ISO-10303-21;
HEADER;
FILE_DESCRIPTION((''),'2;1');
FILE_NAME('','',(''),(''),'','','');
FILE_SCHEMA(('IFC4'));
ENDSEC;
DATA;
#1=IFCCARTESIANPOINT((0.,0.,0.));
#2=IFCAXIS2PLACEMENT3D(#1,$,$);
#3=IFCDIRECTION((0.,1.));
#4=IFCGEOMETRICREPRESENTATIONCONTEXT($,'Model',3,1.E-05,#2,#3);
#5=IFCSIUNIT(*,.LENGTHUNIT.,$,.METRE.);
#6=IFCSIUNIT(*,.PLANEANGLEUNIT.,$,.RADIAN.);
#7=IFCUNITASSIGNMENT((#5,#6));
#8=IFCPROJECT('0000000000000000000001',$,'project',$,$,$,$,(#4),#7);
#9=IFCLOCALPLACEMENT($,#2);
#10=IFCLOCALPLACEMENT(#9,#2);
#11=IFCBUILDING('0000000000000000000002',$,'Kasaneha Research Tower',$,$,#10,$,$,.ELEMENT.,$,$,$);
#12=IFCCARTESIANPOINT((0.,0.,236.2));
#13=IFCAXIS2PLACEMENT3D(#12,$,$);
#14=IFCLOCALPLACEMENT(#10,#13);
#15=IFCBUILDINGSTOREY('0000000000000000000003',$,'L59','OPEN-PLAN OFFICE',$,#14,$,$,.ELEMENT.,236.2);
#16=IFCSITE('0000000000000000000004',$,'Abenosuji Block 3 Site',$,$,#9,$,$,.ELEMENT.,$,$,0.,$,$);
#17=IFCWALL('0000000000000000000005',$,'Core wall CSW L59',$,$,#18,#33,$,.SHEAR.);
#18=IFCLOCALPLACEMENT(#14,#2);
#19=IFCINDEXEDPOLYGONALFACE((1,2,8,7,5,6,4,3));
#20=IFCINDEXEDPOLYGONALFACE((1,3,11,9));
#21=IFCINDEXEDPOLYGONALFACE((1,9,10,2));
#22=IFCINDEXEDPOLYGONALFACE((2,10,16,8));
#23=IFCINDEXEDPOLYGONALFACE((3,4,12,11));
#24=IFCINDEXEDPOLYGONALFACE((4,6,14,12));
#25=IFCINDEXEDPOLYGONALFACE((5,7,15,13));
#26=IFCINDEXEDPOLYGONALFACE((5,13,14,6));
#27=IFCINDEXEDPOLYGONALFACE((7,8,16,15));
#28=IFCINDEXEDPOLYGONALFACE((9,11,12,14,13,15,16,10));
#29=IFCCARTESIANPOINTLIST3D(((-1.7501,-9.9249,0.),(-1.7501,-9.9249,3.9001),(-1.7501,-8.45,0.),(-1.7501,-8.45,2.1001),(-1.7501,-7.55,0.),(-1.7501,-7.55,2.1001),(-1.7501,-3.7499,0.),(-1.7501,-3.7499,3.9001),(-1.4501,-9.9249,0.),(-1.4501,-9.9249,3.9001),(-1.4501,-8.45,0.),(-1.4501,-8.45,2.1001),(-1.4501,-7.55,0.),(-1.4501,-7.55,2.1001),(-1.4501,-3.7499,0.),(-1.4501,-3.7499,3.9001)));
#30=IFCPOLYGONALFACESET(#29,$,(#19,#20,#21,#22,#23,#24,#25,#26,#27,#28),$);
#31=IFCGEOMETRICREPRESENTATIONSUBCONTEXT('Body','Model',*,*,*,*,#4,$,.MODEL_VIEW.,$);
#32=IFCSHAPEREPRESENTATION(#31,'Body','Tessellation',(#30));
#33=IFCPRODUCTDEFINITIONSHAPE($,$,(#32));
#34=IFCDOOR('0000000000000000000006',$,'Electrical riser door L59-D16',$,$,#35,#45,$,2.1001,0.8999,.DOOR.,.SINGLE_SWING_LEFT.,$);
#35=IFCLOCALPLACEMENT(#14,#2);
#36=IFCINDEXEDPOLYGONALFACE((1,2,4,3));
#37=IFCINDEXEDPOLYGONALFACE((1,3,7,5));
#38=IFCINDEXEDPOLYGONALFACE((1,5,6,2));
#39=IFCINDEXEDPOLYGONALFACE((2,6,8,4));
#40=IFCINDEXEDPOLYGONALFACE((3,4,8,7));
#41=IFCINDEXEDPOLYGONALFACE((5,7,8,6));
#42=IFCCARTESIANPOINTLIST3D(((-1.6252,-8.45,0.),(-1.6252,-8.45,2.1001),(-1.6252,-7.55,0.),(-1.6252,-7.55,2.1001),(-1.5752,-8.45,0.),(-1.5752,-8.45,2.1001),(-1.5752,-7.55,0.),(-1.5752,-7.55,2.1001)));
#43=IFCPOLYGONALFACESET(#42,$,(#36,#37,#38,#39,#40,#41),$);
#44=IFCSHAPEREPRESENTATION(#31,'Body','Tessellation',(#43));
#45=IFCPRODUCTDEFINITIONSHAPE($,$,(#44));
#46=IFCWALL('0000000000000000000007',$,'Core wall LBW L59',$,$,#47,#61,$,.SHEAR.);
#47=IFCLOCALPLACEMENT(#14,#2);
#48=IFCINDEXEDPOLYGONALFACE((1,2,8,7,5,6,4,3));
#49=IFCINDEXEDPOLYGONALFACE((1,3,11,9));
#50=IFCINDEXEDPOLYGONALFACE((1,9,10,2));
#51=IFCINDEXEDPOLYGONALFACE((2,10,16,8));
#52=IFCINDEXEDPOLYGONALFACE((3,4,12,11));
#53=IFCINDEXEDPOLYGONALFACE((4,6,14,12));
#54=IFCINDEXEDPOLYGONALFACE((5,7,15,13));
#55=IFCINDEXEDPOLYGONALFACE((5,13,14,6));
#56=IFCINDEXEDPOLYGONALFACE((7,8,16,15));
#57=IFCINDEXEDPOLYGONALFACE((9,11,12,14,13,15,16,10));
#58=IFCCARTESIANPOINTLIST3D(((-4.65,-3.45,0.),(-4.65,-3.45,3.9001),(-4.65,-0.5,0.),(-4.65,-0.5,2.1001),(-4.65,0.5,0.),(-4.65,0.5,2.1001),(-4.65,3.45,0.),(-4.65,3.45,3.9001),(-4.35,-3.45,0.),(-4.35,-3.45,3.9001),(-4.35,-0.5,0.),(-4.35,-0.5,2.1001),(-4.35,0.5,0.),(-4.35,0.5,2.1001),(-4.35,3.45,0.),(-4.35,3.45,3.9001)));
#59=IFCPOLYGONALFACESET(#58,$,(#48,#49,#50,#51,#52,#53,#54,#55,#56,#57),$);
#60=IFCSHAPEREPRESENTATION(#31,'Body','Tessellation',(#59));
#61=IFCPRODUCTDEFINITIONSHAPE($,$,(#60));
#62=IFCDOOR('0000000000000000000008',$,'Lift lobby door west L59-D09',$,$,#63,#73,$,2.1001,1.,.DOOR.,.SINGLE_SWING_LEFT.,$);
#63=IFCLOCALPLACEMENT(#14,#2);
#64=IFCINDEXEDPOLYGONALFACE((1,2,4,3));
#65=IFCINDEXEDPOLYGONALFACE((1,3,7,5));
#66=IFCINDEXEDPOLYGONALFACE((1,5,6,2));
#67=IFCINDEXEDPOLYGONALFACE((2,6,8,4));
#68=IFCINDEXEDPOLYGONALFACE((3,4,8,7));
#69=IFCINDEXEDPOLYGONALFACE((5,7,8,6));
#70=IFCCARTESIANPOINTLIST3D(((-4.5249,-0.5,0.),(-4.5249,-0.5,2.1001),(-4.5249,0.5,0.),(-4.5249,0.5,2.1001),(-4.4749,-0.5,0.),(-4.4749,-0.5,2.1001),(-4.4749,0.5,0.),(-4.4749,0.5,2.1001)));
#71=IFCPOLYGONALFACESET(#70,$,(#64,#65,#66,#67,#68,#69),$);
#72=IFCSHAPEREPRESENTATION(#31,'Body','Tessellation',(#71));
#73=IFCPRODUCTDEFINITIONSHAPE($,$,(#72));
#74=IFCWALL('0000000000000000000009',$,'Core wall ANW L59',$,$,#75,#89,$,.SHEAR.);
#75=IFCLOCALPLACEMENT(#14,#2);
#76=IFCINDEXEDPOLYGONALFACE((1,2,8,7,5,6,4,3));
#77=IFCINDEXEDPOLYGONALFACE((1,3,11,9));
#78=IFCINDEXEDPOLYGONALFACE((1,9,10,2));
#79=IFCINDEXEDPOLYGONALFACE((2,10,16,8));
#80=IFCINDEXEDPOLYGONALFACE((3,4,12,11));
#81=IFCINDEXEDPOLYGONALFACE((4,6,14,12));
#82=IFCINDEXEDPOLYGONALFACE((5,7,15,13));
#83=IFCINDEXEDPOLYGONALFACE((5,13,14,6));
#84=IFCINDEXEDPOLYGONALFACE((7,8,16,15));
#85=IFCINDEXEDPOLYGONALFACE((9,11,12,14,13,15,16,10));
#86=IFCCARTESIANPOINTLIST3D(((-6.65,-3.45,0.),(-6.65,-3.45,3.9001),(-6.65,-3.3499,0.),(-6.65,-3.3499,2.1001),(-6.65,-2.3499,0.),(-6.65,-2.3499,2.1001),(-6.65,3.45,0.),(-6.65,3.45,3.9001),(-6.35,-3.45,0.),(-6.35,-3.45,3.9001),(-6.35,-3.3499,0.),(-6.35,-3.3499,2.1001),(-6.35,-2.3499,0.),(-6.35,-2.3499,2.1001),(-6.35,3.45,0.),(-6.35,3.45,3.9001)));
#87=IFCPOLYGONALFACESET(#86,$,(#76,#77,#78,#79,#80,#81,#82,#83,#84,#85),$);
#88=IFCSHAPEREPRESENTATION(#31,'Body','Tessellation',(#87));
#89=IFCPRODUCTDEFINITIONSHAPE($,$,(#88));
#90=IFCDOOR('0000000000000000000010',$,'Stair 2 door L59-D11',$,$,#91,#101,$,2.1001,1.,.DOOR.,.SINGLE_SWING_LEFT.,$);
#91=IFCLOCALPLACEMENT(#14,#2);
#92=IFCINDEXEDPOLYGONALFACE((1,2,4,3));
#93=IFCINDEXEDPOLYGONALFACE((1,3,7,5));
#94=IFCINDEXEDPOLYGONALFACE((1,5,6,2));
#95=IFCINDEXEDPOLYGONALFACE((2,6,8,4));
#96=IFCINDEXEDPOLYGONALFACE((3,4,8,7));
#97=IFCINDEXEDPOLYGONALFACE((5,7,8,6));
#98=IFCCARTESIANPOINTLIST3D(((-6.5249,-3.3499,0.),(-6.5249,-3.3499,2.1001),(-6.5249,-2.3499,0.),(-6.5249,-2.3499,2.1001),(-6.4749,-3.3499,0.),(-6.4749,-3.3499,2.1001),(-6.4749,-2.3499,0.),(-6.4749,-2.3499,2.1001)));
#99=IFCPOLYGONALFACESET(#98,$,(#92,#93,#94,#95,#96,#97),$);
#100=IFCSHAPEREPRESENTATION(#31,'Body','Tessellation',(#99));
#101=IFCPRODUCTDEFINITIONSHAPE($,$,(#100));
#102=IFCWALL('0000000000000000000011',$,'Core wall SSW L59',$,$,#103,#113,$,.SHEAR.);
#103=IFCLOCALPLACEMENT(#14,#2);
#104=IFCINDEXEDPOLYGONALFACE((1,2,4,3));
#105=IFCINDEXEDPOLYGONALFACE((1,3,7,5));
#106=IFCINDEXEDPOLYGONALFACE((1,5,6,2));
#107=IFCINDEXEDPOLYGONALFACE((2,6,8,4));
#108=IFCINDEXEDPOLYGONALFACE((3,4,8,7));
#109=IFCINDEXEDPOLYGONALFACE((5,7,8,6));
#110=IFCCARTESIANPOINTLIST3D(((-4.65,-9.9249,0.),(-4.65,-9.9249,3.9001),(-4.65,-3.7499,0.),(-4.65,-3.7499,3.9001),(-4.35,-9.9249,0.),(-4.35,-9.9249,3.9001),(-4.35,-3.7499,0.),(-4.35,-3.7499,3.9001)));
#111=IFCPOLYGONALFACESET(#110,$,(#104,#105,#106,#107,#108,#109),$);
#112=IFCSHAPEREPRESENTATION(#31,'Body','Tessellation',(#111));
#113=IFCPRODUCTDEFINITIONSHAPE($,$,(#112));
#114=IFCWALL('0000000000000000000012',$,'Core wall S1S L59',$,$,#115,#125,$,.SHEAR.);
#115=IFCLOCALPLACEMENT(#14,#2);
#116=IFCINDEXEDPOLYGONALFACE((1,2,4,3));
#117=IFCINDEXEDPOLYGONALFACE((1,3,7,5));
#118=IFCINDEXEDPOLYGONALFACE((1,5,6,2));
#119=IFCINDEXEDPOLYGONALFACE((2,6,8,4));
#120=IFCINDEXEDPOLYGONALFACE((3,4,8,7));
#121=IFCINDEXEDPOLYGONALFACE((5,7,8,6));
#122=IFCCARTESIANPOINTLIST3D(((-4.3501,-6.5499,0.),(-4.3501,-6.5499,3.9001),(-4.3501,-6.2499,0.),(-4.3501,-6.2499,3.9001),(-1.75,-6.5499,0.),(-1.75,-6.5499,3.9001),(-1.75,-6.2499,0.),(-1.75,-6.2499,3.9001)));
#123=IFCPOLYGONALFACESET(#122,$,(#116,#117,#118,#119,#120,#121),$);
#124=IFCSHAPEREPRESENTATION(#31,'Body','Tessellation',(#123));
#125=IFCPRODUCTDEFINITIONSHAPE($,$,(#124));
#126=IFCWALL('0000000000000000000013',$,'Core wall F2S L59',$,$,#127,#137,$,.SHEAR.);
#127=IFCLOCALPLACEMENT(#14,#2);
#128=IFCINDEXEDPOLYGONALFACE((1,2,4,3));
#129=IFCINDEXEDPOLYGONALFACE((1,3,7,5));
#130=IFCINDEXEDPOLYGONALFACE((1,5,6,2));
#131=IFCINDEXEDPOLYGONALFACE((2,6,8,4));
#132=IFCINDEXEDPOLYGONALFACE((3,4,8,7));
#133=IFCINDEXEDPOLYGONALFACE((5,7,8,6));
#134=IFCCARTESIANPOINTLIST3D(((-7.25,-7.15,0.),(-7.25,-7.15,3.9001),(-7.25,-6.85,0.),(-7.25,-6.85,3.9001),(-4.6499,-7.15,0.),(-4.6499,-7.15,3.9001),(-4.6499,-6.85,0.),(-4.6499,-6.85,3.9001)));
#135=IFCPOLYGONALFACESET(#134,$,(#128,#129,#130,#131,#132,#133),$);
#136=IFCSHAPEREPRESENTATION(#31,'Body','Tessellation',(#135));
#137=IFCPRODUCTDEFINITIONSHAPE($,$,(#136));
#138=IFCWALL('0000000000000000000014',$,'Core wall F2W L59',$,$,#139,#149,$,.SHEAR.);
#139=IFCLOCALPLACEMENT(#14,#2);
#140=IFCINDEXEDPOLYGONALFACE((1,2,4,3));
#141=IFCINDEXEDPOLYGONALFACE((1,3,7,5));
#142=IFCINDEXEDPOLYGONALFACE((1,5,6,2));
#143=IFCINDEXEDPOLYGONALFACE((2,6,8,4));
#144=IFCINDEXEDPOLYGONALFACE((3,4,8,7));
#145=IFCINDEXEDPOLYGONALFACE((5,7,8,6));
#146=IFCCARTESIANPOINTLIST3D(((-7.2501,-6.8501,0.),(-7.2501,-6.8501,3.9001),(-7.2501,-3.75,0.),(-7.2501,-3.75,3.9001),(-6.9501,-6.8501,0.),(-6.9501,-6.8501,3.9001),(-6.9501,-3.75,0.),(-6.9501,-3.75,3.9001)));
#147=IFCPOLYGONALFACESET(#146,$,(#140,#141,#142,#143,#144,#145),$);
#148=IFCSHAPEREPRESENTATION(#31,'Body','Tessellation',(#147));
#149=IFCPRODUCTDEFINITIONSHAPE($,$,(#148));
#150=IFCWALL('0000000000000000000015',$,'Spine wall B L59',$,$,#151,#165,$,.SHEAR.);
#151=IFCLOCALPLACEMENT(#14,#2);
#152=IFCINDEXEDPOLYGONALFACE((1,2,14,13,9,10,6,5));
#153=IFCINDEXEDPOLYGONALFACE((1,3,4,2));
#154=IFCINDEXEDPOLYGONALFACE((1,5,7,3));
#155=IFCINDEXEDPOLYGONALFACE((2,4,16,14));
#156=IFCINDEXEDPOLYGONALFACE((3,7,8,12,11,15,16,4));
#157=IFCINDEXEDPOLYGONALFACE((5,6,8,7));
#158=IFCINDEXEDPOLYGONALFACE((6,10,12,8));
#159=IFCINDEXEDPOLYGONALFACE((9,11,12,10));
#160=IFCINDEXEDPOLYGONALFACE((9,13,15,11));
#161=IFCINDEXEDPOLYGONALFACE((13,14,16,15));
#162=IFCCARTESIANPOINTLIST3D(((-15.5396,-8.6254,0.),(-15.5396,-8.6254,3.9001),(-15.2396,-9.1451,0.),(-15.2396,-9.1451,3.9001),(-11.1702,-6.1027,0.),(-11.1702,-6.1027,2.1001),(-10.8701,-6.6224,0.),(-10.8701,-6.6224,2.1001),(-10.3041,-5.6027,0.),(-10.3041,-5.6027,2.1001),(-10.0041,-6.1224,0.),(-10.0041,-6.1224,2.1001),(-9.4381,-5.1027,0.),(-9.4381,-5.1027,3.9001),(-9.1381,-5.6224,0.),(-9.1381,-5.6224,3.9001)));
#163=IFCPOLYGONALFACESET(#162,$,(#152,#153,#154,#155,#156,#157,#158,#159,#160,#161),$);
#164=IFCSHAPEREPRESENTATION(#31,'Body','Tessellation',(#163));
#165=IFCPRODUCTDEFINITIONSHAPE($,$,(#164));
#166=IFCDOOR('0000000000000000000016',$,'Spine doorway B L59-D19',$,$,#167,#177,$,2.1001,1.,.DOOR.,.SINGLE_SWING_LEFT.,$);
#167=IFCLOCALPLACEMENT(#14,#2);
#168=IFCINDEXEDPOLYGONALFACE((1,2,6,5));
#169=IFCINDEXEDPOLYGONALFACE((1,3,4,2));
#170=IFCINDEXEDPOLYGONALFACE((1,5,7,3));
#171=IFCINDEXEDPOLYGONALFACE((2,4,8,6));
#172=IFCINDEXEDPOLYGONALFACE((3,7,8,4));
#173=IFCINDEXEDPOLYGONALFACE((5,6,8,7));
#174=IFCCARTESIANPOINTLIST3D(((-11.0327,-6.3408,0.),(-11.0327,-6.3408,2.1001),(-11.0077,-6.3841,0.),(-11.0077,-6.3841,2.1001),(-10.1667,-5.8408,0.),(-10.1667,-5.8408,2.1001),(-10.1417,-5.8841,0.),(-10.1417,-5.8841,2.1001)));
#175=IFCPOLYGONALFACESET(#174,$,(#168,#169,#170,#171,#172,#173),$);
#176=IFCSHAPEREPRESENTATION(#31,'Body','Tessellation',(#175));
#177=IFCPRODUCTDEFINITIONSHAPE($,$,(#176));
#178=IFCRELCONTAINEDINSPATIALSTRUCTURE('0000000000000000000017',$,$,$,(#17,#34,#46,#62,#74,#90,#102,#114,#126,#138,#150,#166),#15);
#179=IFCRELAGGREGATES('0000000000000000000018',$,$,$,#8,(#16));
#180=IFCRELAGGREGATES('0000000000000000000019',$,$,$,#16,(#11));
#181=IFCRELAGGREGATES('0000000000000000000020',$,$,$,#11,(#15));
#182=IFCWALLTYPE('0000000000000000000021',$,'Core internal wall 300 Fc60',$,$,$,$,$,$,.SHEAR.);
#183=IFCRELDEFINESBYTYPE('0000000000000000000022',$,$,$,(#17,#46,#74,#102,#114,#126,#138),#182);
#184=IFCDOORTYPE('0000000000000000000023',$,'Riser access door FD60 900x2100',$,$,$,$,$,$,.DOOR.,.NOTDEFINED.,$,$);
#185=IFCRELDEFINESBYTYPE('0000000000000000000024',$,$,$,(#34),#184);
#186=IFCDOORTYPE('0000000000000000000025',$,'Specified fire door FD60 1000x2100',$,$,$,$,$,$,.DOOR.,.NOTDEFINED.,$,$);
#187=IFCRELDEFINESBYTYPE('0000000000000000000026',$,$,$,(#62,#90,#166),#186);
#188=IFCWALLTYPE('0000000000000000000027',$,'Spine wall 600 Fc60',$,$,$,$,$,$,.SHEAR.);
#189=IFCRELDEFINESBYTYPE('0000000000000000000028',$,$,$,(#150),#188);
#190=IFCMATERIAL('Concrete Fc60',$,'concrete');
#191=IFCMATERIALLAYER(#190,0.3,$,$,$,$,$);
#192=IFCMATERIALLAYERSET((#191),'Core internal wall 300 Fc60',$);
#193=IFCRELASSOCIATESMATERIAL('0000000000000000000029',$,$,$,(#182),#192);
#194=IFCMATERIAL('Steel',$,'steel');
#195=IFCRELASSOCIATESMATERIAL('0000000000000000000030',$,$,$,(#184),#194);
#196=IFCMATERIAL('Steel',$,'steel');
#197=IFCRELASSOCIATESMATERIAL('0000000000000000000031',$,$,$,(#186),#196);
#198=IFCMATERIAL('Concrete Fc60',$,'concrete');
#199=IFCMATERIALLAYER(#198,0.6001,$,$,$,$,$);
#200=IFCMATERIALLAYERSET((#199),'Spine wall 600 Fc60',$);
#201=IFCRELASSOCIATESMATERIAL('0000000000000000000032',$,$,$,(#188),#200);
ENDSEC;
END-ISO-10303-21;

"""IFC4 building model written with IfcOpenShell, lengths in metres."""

from ifc_helpers import new_model, si_unit, direction, frame, frame_2d, origin, place, context, subcontext, project, spatial, rectangle, extrude, material, layer, layer_set, type_object, element, fill, save


model = new_model("IFC4")

# Units and contexts
model_context = context("Model", 3, precision=1e-05, world=origin(), true_north=direction((0.0, 1.0)))
body_context = subcontext(model_context, "Body", "Model", "MODEL_VIEW")
ifc_project = project(units=[si_unit("LENGTHUNIT", "METRE"), si_unit("PLANEANGLEUNIT", "RADIAN")], contexts=[model_context])

# Site, building, storey
site_placement = place(None, origin())
site = spatial("IfcSite", under=ifc_project, at=site_placement, Name="Abenosuji Block 3 Site", CompositionType="ELEMENT", RefElevation=0.0)
building_placement = place(site_placement, origin())
building = spatial("IfcBuilding", under=site, at=building_placement, Name="Kasaneha Research Tower", CompositionType="ELEMENT")
storey_placement = place(building_placement, frame((0.0, 0.0, 236.2)))
storey = spatial("IfcBuildingStorey", under=building, at=storey_placement, Name="L59", Description="OPEN-PLAN OFFICE", CompositionType="ELEMENT", Elevation=236.2)

# Shared definitions
ifc_material_1 = material(Name="Concrete Fc60", Category="concrete")
ifc_layer_1 = layer(ifc_material_1, 0.3)
ifc_layer_set_1 = layer_set([ifc_layer_1], Name="Core internal wall 300 Fc60")
wall_type_1 = type_object("IfcWallType", Name="Core internal wall 300 Fc60", PredefinedType="SHEAR", material=ifc_layer_set_1)

# Walls, openings, doors
wall_1_placement = place(storey_placement, frame((-1.6001, -3.75, 0.0), z_axis=(0.0, 0.0, 1.0), x_axis=(0.0, -1.0, 0.0)))
wall_1 = element("IfcWall", 1, at=wall_1_placement, inside=storey, type_object=wall_type_1, Name="Core wall CSW L59", PredefinedType="SHEAR", context=body_context, shape_type="SweptSolid", body=[
    extrude(rectangle(XDim=6.175, YDim=0.3, at=frame_2d((3.0874, 0.0))), origin(), (0.0, 0.0, 1.0), 3.9001),
])
opening_1_placement = place(wall_1_placement, frame((3.8, 0.0, 0.0)))
opening_1 = element("IfcOpeningElement", 2, at=opening_1_placement, cuts=wall_1, PredefinedType="OPENING", context=body_context, shape_type="SweptSolid", body=[
    extrude(rectangle(XDim=0.8999, YDim=2.1001, at=frame_2d((0.45, 1.05))), frame((0.0, 0.1602, 0.0), z_axis=(0.0, -1.0, 0.0), x_axis=(1.0, 0.0, 0.0)), (0.0, 0.0, 1.0), 0.3201),
])
ifc_material_2 = material(Name="Steel", Category="steel")
door_type_1 = type_object("IfcDoorType", Name="Riser access door FD60 900x2100", OperationType="NOTDEFINED", PredefinedType="DOOR", material=ifc_material_2)
door_1_placement = place(opening_1_placement, origin())
door_1 = element("IfcDoor", 3, at=door_1_placement, inside=storey, type_object=door_type_1, Name="Electrical riser door L59-D16", OperationType="SINGLE_SWING_LEFT", OverallHeight=2.1001, OverallWidth=0.8999, PredefinedType="DOOR", context=body_context, shape_type="SweptSolid", body=[
    extrude(rectangle(XDim=0.8999, YDim=2.1001, at=frame_2d((0.45, 1.05))), frame((0.0, 0.0249, 0.0), z_axis=(0.0, -1.0, 0.0), x_axis=(1.0, 0.0, 0.0)), (0.0, 0.0, 1.0), 0.05),
])
fill(opening_1, door_1)
wall_2_placement = place(storey_placement, frame((-4.5, -3.45, 0.0), z_axis=(0.0, 0.0, 1.0), x_axis=(0.0, 1.0, 0.0)))
wall_2 = element("IfcWall", 4, at=wall_2_placement, inside=storey, type_object=wall_type_1, Name="Core wall LBW L59", PredefinedType="SHEAR", context=body_context, shape_type="SweptSolid", body=[
    extrude(rectangle(XDim=6.8999, YDim=0.3, at=frame_2d((3.45, 0.0))), origin(), (0.0, 0.0, 1.0), 3.9001),
])
opening_2_placement = place(wall_2_placement, frame((2.95, 0.0, 0.0)))
opening_2 = element("IfcOpeningElement", 5, at=opening_2_placement, cuts=wall_2, PredefinedType="OPENING", context=body_context, shape_type="SweptSolid", body=[
    extrude(rectangle(XDim=1.0, YDim=2.1001, at=frame_2d((0.5, 1.05))), frame((0.0, 0.1602, 0.0), z_axis=(0.0, -1.0, 0.0), x_axis=(1.0, 0.0, 0.0)), (0.0, 0.0, 1.0), 0.3201),
])
ifc_material_3 = material(Name="Steel", Category="steel")
door_type_2 = type_object("IfcDoorType", Name="Specified fire door FD60 1000x2100", OperationType="NOTDEFINED", PredefinedType="DOOR", material=ifc_material_3)
door_2_placement = place(opening_2_placement, origin())
door_2 = element("IfcDoor", 6, at=door_2_placement, inside=storey, type_object=door_type_2, Name="Lift lobby door west L59-D09", OperationType="SINGLE_SWING_LEFT", OverallHeight=2.1001, OverallWidth=1.0, PredefinedType="DOOR", context=body_context, shape_type="SweptSolid", body=[
    extrude(rectangle(XDim=1.0, YDim=2.1001, at=frame_2d((0.5, 1.05))), frame((0.0, 0.0249, 0.0), z_axis=(0.0, -1.0, 0.0), x_axis=(1.0, 0.0, 0.0)), (0.0, 0.0, 1.0), 0.05),
])
fill(opening_2, door_2)
wall_3_placement = place(storey_placement, frame((-6.5, -3.45, 0.0), z_axis=(0.0, 0.0, 1.0), x_axis=(0.0, 1.0, 0.0)))
wall_3 = element("IfcWall", 7, at=wall_3_placement, inside=storey, type_object=wall_type_1, Name="Core wall ANW L59", PredefinedType="SHEAR", context=body_context, shape_type="SweptSolid", body=[
    extrude(rectangle(XDim=6.8999, YDim=0.3, at=frame_2d((3.45, 0.0))), origin(), (0.0, 0.0, 1.0), 3.9001),
])
opening_3_placement = place(wall_3_placement, frame((0.1001, 0.0, 0.0)))
opening_3 = element("IfcOpeningElement", 8, at=opening_3_placement, cuts=wall_3, PredefinedType="OPENING", context=body_context, shape_type="SweptSolid", body=[
    extrude(rectangle(XDim=1.0, YDim=2.1001, at=frame_2d((0.5, 1.05))), frame((0.0, 0.1602, 0.0), z_axis=(0.0, -1.0, 0.0), x_axis=(1.0, 0.0, 0.0)), (0.0, 0.0, 1.0), 0.3201),
])
door_3_placement = place(opening_3_placement, origin())
door_3 = element("IfcDoor", 9, at=door_3_placement, inside=storey, type_object=door_type_2, Name="Stair 2 door L59-D11", OperationType="SINGLE_SWING_LEFT", OverallHeight=2.1001, OverallWidth=1.0, PredefinedType="DOOR", context=body_context, shape_type="SweptSolid", body=[
    extrude(rectangle(XDim=1.0, YDim=2.1001, at=frame_2d((0.5, 1.05))), frame((0.0, 0.0249, 0.0), z_axis=(0.0, -1.0, 0.0), x_axis=(1.0, 0.0, 0.0)), (0.0, 0.0, 1.0), 0.05),
])
fill(opening_3, door_3)

# Walls
wall_4_placement = place(storey_placement, frame((-4.5, -3.75, 0.0), z_axis=(0.0, 0.0, 1.0), x_axis=(0.0, -1.0, 0.0)))
element("IfcWall", 10, at=wall_4_placement, inside=storey, type_object=wall_type_1, Name="Core wall SSW L59", PredefinedType="SHEAR", context=body_context, shape_type="SweptSolid", body=[
    extrude(rectangle(XDim=6.175, YDim=0.3, at=frame_2d((3.0874, 0.0))), origin(), (0.0, 0.0, 1.0), 3.9001),
])
for number, where, z_axis, x_axis, name in (
    (11, (-4.3501, -6.3999, 0.0), (0.0, 0.0, 1.0), (1.0, 0.0, 0.0), "Core wall S1S L59"),
    (12, (-7.25, -7.0, 0.0), (0.0, 0.0, 1.0), (1.0, 0.0, 0.0), "Core wall F2S L59"),
):
    element("IfcWall", number, at=place(storey_placement, frame(where, z_axis=z_axis, x_axis=x_axis)), inside=storey, type_object=wall_type_1, Name=name, PredefinedType="SHEAR", context=body_context, shape_type="SweptSolid", body=[
        extrude(rectangle(XDim=2.6001, YDim=0.3, at=frame_2d((1.3, 0.0))), origin(), (0.0, 0.0, 1.0), 3.9001),
    ])
wall_5_placement = place(storey_placement, frame((-7.1001, -3.75, 0.0), z_axis=(0.0, 0.0, 1.0), x_axis=(0.0, -1.0, 0.0)))
element("IfcWall", 13, at=wall_5_placement, inside=storey, type_object=wall_type_1, Name="Core wall F2W L59", PredefinedType="SHEAR", context=body_context, shape_type="SweptSolid", body=[
    extrude(rectangle(XDim=3.1001, YDim=0.3, at=frame_2d((1.55, 0.0))), origin(), (0.0, 0.0, 1.0), 3.9001),
])

# Wall, opening, door
ifc_material_4 = material(Name="Concrete Fc60", Category="concrete")
ifc_layer_2 = layer(ifc_material_4, 0.6001)
ifc_layer_set_2 = layer_set([ifc_layer_2], Name="Spine wall 600 Fc60")
wall_type_2 = type_object("IfcWallType", Name="Spine wall 600 Fc60", PredefinedType="SHEAR", material=ifc_layer_set_2)
wall_6_placement = place(storey_placement, frame((-9.2881, -5.3625, 0.0), z_axis=(0.0, 0.0, 1.0), x_axis=(-0.866027, -0.499996, 0.0)))
wall_6 = element("IfcWall", 14, at=wall_6_placement, inside=storey, type_object=wall_type_2, Name="Spine wall B L59", PredefinedType="SHEAR", context=body_context, shape_type="SweptSolid", body=[
    extrude(rectangle(XDim=7.0454, YDim=0.6001, at=frame_2d((3.5227, 0.0))), origin(), (0.0, 0.0, 1.0), 3.9001),
])
opening_4_placement = place(wall_6_placement, frame((1.0, 0.0, 0.0)))
opening_4 = element("IfcOpeningElement", 15, at=opening_4_placement, cuts=wall_6, PredefinedType="OPENING", context=body_context, shape_type="SweptSolid", body=[
    extrude(rectangle(XDim=1.0, YDim=2.1001, at=frame_2d((0.5, 1.05))), frame((0.0, 0.3101, 0.0), z_axis=(0.0, -1.0, 0.0), x_axis=(1.0, 0.0, 0.0)), (0.0, 0.0, 1.0), 0.6201),
])
door_4_placement = place(opening_4_placement, origin())
door_4 = element("IfcDoor", 16, at=door_4_placement, inside=storey, type_object=door_type_2, Name="Spine doorway B L59-D19", OperationType="SINGLE_SWING_LEFT", OverallHeight=2.1001, OverallWidth=1.0, PredefinedType="DOOR", context=body_context, shape_type="SweptSolid", body=[
    extrude(rectangle(XDim=1.0, YDim=2.1001, at=frame_2d((0.5, 1.05))), frame((0.0, 0.0249, 0.0), z_axis=(0.0, -1.0, 0.0), x_axis=(1.0, 0.0, 0.0)), (0.0, 0.0, 1.0), 0.05),
])
fill(opening_4, door_4)

save(model, "model.ifc")
